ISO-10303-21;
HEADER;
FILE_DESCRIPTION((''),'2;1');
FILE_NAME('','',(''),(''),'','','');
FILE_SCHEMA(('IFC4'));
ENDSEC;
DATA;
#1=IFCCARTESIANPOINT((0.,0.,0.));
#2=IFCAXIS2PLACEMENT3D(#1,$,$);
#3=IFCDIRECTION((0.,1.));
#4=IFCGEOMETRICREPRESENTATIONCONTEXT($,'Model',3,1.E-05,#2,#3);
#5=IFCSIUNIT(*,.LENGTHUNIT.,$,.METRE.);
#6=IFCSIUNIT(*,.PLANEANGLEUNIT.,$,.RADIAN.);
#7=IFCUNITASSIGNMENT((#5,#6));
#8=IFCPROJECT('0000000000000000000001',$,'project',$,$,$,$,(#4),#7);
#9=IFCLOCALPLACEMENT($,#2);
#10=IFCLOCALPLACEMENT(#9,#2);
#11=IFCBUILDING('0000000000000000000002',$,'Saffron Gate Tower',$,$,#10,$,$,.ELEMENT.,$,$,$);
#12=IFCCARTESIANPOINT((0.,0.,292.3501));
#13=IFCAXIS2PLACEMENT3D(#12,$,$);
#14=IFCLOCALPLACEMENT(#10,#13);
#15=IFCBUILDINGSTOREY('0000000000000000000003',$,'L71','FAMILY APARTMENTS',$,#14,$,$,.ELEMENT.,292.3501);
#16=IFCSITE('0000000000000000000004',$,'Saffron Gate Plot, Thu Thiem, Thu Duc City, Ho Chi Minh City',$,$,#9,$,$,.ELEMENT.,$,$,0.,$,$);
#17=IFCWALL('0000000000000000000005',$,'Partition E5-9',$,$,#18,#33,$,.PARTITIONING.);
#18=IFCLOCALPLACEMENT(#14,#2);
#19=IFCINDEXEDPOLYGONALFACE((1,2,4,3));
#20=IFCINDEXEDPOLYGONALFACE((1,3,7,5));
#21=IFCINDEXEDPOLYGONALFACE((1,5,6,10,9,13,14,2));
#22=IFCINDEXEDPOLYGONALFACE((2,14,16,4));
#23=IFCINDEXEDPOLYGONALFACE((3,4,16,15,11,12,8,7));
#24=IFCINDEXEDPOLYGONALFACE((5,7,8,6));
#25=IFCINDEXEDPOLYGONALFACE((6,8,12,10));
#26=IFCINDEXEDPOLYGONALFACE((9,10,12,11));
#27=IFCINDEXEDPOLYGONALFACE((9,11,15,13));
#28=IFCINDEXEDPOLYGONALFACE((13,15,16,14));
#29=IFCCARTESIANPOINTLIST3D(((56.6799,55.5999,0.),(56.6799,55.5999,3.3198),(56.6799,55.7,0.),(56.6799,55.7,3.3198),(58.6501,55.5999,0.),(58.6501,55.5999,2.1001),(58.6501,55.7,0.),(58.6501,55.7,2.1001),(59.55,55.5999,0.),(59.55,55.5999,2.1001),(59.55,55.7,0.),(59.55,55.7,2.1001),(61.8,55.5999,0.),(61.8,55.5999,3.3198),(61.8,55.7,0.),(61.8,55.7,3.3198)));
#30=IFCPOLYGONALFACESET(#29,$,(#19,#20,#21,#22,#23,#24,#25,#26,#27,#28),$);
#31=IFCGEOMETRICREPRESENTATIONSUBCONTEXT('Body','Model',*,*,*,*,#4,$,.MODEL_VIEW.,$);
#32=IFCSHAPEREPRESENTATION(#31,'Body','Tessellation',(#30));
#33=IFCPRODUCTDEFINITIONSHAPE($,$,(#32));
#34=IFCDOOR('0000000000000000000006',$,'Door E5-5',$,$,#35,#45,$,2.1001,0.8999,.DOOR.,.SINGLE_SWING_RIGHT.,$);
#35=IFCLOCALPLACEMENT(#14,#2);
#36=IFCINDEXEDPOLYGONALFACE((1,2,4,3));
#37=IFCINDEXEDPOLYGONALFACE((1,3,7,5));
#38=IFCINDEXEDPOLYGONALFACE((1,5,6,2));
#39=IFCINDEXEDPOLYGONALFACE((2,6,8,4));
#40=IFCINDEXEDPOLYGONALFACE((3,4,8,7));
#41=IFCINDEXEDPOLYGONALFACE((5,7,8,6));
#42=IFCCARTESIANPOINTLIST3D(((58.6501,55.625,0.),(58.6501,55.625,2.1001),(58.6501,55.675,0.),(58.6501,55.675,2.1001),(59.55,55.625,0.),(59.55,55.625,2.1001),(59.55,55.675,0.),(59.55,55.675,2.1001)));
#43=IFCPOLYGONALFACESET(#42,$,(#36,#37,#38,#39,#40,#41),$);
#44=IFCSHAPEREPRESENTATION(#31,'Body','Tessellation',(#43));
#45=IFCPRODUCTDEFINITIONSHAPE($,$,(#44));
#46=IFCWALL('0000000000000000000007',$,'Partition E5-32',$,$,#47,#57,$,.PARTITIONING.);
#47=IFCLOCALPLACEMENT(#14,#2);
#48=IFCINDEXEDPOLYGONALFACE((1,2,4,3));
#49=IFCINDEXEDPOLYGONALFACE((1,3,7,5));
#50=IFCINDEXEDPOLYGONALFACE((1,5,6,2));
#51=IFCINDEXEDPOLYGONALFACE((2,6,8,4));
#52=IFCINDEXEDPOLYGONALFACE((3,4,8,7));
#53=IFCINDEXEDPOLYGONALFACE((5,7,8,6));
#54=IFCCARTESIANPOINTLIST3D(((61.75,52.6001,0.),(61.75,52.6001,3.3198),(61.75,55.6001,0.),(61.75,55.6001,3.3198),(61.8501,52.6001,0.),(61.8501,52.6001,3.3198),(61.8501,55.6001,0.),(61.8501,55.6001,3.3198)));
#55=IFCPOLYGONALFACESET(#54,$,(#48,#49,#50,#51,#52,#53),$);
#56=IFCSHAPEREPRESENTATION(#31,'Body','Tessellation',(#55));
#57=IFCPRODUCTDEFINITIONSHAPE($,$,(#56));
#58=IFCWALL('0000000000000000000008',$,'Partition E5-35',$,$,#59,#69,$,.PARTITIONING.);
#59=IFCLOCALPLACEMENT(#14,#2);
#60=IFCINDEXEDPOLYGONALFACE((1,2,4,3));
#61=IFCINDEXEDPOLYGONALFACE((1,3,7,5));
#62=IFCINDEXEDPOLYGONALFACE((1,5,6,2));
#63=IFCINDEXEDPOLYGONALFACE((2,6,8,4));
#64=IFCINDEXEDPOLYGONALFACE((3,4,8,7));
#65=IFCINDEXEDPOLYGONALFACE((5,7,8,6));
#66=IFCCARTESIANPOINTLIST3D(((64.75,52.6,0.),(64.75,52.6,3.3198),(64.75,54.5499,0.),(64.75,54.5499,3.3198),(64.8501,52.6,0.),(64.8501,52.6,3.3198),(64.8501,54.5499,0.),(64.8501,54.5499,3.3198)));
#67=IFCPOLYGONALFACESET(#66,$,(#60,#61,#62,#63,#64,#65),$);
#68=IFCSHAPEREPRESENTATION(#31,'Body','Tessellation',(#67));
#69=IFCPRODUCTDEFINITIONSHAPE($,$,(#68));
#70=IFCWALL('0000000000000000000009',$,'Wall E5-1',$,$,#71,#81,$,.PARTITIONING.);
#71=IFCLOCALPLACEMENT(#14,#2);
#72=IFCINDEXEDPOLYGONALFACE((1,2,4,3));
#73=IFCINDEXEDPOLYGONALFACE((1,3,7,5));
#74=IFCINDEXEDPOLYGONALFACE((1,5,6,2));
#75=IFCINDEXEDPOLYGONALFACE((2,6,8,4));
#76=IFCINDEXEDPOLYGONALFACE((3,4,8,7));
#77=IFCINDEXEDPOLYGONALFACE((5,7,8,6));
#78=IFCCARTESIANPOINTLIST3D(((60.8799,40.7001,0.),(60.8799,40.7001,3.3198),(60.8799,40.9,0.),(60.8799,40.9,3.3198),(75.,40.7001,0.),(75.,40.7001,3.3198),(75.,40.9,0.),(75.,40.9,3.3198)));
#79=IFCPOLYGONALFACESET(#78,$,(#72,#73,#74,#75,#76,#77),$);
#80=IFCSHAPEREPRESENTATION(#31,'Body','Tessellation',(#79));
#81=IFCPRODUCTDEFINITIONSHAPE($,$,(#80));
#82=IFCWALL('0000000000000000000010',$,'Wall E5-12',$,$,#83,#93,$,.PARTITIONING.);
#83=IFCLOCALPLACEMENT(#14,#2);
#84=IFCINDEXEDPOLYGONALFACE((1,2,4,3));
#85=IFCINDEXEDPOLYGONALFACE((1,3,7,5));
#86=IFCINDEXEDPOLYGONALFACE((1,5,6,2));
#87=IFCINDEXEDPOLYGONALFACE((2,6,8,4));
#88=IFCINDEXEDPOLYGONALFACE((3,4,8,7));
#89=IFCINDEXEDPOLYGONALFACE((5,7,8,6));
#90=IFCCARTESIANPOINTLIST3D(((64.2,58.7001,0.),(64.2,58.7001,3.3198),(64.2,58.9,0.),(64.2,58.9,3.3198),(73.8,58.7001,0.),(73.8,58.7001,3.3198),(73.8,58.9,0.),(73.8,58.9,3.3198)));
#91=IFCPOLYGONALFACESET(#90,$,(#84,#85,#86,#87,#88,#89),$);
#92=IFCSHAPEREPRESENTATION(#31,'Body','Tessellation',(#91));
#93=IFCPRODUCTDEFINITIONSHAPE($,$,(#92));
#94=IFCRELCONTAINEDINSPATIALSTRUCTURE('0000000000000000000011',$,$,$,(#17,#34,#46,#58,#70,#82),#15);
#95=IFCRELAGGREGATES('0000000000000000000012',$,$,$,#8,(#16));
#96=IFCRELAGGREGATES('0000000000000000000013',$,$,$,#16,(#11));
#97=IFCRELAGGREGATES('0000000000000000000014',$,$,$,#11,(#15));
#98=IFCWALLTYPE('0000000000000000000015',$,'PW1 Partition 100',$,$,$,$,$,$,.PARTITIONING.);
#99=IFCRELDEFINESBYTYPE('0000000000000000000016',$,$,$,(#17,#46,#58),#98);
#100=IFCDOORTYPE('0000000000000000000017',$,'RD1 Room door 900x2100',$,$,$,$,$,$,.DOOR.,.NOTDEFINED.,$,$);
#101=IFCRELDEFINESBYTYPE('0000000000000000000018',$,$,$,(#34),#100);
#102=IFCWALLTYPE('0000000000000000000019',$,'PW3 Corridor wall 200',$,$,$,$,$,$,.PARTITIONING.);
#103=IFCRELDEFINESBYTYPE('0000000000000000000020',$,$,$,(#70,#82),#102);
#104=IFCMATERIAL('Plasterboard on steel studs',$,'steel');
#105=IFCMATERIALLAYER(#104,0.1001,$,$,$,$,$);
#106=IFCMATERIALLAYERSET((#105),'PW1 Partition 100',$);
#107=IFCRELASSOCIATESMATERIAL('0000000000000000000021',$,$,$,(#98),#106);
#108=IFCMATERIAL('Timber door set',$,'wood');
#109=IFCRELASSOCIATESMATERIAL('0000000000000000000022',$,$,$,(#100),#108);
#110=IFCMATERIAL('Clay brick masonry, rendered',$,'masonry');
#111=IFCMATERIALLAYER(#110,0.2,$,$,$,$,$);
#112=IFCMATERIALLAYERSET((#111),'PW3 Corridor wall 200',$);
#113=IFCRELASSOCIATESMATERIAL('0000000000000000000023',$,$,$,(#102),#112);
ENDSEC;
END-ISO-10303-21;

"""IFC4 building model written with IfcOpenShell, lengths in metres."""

from ifc_helpers import new_model, si_unit, direction, frame, frame_2d, origin, place, context, subcontext, project, spatial, rectangle, extrude, material, layer, layer_set, type_object, element, fill, save


model = new_model("IFC4")

# Units and contexts
model_context = context("Model", 3, precision=1e-05, world=origin(), true_north=direction((0.0, 1.0)))
body_context = subcontext(model_context, "Body", "Model", "MODEL_VIEW")
ifc_project = project(units=[si_unit("LENGTHUNIT", "METRE"), si_unit("PLANEANGLEUNIT", "RADIAN")], contexts=[model_context])

# Site, building, storey
site_placement = place(None, origin())
site = spatial("IfcSite", under=ifc_project, at=site_placement, Name="Saffron Gate Plot, Thu Thiem, Thu Duc City, Ho Chi Minh City", CompositionType="ELEMENT", RefElevation=0.0)
building_placement = place(site_placement, origin())
building = spatial("IfcBuilding", under=site, at=building_placement, Name="Saffron Gate Tower", CompositionType="ELEMENT")
storey_placement = place(building_placement, frame((0.0, 0.0, 292.3501)))
storey = spatial("IfcBuildingStorey", under=building, at=storey_placement, Name="L71", Description="FAMILY APARTMENTS", CompositionType="ELEMENT", Elevation=292.3501)

# Wall, opening, door
ifc_material_1 = material(Name="Plasterboard on steel studs", Category="steel")
ifc_layer_1 = layer(ifc_material_1, 0.1001)
ifc_layer_set_1 = layer_set([ifc_layer_1], Name="PW1 Partition 100")
wall_type_1 = type_object("IfcWallType", Name="PW1 Partition 100", PredefinedType="PARTITIONING", material=ifc_layer_set_1)
wall_1_placement = place(storey_placement, frame((61.8, 55.6499, 0.0), z_axis=(0.0, 0.0, 1.0), x_axis=(-1.0, 0.0, 0.0)))
wall_1 = element("IfcWall", 1, at=wall_1_placement, inside=storey, type_object=wall_type_1, Name="Partition E5-9", PredefinedType="PARTITIONING", context=body_context, shape_type="SweptSolid", body=[
    extrude(rectangle(XDim=5.1201, YDim=0.1001, at=frame_2d((2.5601, 0.0))), origin(), (0.0, 0.0, 1.0), 3.3198),
])
opening_1_placement = place(wall_1_placement, frame((2.25, 0.0, 0.0)))
opening_1 = element("IfcOpeningElement", 2, at=opening_1_placement, cuts=wall_1, PredefinedType="OPENING", context=body_context, shape_type="SweptSolid", body=[
    extrude(rectangle(XDim=0.8999, YDim=2.1001, at=frame_2d((0.45, 1.05))), frame((0.0, 0.0601, 0.0), z_axis=(0.0, -1.0, 0.0), x_axis=(1.0, 0.0, 0.0)), (0.0, 0.0, 1.0), 0.1201),
])
ifc_material_2 = material(Name="Timber door set", Category="wood")
door_type_1 = type_object("IfcDoorType", Name="RD1 Room door 900x2100", OperationType="NOTDEFINED", PredefinedType="DOOR", material=ifc_material_2)
door_1_placement = place(opening_1_placement, origin())
door_1 = element("IfcDoor", 3, at=door_1_placement, inside=storey, type_object=door_type_1, Name="Door E5-5", OperationType="SINGLE_SWING_RIGHT", OverallHeight=2.1001, OverallWidth=0.8999, PredefinedType="DOOR", context=body_context, shape_type="SweptSolid", body=[
    extrude(rectangle(XDim=0.8999, YDim=2.1001, at=frame_2d((0.45, 1.05))), frame((0.0, 0.0249, 0.0), z_axis=(0.0, -1.0, 0.0), x_axis=(1.0, 0.0, 0.0)), (0.0, 0.0, 1.0), 0.05),
])
fill(opening_1, door_1)

# Walls
wall_2_placement = place(storey_placement, frame((61.8, 55.6001, 0.0), z_axis=(0.0, 0.0, 1.0), x_axis=(0.0, -1.0, 0.0)))
element("IfcWall", 4, at=wall_2_placement, inside=storey, type_object=wall_type_1, Name="Partition E5-32", PredefinedType="PARTITIONING", context=body_context, shape_type="SweptSolid", body=[
    extrude(rectangle(XDim=3.0, YDim=0.1001, at=frame_2d((1.5, 0.0))), origin(), (0.0, 0.0, 1.0), 3.3198),
])
wall_3_placement = place(storey_placement, frame((64.8, 54.55, 0.0), z_axis=(0.0, 0.0, 1.0), x_axis=(0.0, -1.0, 0.0)))
element("IfcWall", 5, at=wall_3_placement, inside=storey, type_object=wall_type_1, Name="Partition E5-35", PredefinedType="PARTITIONING", context=body_context, shape_type="SweptSolid", body=[
    extrude(rectangle(XDim=1.95, YDim=0.1001, at=frame_2d((0.9751, 0.0))), origin(), (0.0, 0.0, 1.0), 3.3198),
])
ifc_material_3 = material(Name="Clay brick masonry, rendered", Category="masonry")
ifc_layer_2 = layer(ifc_material_3, 0.2)
ifc_layer_set_2 = layer_set([ifc_layer_2], Name="PW3 Corridor wall 200")
wall_type_2 = type_object("IfcWallType", Name="PW3 Corridor wall 200", PredefinedType="PARTITIONING", material=ifc_layer_set_2)
wall_4_placement = place(storey_placement, frame((60.8799, 40.8, 0.0), z_axis=(0.0, 0.0, 1.0), x_axis=(1.0, 0.0, 0.0)))
element("IfcWall", 6, at=wall_4_placement, inside=storey, type_object=wall_type_2, Name="Wall E5-1", PredefinedType="PARTITIONING", context=body_context, shape_type="SweptSolid", body=[
    extrude(rectangle(XDim=14.1201, YDim=0.2, at=frame_2d((7.0601, 0.0))), origin(), (0.0, 0.0, 1.0), 3.3198),
])
wall_5_placement = place(storey_placement, frame((64.2, 58.8, 0.0), z_axis=(0.0, 0.0, 1.0), x_axis=(1.0, 0.0, 0.0)))
element("IfcWall", 7, at=wall_5_placement, inside=storey, type_object=wall_type_2, Name="Wall E5-12", PredefinedType="PARTITIONING", context=body_context, shape_type="SweptSolid", body=[
    extrude(rectangle(XDim=9.6001, YDim=0.2, at=frame_2d((4.8, 0.0))), origin(), (0.0, 0.0, 1.0), 3.3198),
])

save(model, "model.ifc")
